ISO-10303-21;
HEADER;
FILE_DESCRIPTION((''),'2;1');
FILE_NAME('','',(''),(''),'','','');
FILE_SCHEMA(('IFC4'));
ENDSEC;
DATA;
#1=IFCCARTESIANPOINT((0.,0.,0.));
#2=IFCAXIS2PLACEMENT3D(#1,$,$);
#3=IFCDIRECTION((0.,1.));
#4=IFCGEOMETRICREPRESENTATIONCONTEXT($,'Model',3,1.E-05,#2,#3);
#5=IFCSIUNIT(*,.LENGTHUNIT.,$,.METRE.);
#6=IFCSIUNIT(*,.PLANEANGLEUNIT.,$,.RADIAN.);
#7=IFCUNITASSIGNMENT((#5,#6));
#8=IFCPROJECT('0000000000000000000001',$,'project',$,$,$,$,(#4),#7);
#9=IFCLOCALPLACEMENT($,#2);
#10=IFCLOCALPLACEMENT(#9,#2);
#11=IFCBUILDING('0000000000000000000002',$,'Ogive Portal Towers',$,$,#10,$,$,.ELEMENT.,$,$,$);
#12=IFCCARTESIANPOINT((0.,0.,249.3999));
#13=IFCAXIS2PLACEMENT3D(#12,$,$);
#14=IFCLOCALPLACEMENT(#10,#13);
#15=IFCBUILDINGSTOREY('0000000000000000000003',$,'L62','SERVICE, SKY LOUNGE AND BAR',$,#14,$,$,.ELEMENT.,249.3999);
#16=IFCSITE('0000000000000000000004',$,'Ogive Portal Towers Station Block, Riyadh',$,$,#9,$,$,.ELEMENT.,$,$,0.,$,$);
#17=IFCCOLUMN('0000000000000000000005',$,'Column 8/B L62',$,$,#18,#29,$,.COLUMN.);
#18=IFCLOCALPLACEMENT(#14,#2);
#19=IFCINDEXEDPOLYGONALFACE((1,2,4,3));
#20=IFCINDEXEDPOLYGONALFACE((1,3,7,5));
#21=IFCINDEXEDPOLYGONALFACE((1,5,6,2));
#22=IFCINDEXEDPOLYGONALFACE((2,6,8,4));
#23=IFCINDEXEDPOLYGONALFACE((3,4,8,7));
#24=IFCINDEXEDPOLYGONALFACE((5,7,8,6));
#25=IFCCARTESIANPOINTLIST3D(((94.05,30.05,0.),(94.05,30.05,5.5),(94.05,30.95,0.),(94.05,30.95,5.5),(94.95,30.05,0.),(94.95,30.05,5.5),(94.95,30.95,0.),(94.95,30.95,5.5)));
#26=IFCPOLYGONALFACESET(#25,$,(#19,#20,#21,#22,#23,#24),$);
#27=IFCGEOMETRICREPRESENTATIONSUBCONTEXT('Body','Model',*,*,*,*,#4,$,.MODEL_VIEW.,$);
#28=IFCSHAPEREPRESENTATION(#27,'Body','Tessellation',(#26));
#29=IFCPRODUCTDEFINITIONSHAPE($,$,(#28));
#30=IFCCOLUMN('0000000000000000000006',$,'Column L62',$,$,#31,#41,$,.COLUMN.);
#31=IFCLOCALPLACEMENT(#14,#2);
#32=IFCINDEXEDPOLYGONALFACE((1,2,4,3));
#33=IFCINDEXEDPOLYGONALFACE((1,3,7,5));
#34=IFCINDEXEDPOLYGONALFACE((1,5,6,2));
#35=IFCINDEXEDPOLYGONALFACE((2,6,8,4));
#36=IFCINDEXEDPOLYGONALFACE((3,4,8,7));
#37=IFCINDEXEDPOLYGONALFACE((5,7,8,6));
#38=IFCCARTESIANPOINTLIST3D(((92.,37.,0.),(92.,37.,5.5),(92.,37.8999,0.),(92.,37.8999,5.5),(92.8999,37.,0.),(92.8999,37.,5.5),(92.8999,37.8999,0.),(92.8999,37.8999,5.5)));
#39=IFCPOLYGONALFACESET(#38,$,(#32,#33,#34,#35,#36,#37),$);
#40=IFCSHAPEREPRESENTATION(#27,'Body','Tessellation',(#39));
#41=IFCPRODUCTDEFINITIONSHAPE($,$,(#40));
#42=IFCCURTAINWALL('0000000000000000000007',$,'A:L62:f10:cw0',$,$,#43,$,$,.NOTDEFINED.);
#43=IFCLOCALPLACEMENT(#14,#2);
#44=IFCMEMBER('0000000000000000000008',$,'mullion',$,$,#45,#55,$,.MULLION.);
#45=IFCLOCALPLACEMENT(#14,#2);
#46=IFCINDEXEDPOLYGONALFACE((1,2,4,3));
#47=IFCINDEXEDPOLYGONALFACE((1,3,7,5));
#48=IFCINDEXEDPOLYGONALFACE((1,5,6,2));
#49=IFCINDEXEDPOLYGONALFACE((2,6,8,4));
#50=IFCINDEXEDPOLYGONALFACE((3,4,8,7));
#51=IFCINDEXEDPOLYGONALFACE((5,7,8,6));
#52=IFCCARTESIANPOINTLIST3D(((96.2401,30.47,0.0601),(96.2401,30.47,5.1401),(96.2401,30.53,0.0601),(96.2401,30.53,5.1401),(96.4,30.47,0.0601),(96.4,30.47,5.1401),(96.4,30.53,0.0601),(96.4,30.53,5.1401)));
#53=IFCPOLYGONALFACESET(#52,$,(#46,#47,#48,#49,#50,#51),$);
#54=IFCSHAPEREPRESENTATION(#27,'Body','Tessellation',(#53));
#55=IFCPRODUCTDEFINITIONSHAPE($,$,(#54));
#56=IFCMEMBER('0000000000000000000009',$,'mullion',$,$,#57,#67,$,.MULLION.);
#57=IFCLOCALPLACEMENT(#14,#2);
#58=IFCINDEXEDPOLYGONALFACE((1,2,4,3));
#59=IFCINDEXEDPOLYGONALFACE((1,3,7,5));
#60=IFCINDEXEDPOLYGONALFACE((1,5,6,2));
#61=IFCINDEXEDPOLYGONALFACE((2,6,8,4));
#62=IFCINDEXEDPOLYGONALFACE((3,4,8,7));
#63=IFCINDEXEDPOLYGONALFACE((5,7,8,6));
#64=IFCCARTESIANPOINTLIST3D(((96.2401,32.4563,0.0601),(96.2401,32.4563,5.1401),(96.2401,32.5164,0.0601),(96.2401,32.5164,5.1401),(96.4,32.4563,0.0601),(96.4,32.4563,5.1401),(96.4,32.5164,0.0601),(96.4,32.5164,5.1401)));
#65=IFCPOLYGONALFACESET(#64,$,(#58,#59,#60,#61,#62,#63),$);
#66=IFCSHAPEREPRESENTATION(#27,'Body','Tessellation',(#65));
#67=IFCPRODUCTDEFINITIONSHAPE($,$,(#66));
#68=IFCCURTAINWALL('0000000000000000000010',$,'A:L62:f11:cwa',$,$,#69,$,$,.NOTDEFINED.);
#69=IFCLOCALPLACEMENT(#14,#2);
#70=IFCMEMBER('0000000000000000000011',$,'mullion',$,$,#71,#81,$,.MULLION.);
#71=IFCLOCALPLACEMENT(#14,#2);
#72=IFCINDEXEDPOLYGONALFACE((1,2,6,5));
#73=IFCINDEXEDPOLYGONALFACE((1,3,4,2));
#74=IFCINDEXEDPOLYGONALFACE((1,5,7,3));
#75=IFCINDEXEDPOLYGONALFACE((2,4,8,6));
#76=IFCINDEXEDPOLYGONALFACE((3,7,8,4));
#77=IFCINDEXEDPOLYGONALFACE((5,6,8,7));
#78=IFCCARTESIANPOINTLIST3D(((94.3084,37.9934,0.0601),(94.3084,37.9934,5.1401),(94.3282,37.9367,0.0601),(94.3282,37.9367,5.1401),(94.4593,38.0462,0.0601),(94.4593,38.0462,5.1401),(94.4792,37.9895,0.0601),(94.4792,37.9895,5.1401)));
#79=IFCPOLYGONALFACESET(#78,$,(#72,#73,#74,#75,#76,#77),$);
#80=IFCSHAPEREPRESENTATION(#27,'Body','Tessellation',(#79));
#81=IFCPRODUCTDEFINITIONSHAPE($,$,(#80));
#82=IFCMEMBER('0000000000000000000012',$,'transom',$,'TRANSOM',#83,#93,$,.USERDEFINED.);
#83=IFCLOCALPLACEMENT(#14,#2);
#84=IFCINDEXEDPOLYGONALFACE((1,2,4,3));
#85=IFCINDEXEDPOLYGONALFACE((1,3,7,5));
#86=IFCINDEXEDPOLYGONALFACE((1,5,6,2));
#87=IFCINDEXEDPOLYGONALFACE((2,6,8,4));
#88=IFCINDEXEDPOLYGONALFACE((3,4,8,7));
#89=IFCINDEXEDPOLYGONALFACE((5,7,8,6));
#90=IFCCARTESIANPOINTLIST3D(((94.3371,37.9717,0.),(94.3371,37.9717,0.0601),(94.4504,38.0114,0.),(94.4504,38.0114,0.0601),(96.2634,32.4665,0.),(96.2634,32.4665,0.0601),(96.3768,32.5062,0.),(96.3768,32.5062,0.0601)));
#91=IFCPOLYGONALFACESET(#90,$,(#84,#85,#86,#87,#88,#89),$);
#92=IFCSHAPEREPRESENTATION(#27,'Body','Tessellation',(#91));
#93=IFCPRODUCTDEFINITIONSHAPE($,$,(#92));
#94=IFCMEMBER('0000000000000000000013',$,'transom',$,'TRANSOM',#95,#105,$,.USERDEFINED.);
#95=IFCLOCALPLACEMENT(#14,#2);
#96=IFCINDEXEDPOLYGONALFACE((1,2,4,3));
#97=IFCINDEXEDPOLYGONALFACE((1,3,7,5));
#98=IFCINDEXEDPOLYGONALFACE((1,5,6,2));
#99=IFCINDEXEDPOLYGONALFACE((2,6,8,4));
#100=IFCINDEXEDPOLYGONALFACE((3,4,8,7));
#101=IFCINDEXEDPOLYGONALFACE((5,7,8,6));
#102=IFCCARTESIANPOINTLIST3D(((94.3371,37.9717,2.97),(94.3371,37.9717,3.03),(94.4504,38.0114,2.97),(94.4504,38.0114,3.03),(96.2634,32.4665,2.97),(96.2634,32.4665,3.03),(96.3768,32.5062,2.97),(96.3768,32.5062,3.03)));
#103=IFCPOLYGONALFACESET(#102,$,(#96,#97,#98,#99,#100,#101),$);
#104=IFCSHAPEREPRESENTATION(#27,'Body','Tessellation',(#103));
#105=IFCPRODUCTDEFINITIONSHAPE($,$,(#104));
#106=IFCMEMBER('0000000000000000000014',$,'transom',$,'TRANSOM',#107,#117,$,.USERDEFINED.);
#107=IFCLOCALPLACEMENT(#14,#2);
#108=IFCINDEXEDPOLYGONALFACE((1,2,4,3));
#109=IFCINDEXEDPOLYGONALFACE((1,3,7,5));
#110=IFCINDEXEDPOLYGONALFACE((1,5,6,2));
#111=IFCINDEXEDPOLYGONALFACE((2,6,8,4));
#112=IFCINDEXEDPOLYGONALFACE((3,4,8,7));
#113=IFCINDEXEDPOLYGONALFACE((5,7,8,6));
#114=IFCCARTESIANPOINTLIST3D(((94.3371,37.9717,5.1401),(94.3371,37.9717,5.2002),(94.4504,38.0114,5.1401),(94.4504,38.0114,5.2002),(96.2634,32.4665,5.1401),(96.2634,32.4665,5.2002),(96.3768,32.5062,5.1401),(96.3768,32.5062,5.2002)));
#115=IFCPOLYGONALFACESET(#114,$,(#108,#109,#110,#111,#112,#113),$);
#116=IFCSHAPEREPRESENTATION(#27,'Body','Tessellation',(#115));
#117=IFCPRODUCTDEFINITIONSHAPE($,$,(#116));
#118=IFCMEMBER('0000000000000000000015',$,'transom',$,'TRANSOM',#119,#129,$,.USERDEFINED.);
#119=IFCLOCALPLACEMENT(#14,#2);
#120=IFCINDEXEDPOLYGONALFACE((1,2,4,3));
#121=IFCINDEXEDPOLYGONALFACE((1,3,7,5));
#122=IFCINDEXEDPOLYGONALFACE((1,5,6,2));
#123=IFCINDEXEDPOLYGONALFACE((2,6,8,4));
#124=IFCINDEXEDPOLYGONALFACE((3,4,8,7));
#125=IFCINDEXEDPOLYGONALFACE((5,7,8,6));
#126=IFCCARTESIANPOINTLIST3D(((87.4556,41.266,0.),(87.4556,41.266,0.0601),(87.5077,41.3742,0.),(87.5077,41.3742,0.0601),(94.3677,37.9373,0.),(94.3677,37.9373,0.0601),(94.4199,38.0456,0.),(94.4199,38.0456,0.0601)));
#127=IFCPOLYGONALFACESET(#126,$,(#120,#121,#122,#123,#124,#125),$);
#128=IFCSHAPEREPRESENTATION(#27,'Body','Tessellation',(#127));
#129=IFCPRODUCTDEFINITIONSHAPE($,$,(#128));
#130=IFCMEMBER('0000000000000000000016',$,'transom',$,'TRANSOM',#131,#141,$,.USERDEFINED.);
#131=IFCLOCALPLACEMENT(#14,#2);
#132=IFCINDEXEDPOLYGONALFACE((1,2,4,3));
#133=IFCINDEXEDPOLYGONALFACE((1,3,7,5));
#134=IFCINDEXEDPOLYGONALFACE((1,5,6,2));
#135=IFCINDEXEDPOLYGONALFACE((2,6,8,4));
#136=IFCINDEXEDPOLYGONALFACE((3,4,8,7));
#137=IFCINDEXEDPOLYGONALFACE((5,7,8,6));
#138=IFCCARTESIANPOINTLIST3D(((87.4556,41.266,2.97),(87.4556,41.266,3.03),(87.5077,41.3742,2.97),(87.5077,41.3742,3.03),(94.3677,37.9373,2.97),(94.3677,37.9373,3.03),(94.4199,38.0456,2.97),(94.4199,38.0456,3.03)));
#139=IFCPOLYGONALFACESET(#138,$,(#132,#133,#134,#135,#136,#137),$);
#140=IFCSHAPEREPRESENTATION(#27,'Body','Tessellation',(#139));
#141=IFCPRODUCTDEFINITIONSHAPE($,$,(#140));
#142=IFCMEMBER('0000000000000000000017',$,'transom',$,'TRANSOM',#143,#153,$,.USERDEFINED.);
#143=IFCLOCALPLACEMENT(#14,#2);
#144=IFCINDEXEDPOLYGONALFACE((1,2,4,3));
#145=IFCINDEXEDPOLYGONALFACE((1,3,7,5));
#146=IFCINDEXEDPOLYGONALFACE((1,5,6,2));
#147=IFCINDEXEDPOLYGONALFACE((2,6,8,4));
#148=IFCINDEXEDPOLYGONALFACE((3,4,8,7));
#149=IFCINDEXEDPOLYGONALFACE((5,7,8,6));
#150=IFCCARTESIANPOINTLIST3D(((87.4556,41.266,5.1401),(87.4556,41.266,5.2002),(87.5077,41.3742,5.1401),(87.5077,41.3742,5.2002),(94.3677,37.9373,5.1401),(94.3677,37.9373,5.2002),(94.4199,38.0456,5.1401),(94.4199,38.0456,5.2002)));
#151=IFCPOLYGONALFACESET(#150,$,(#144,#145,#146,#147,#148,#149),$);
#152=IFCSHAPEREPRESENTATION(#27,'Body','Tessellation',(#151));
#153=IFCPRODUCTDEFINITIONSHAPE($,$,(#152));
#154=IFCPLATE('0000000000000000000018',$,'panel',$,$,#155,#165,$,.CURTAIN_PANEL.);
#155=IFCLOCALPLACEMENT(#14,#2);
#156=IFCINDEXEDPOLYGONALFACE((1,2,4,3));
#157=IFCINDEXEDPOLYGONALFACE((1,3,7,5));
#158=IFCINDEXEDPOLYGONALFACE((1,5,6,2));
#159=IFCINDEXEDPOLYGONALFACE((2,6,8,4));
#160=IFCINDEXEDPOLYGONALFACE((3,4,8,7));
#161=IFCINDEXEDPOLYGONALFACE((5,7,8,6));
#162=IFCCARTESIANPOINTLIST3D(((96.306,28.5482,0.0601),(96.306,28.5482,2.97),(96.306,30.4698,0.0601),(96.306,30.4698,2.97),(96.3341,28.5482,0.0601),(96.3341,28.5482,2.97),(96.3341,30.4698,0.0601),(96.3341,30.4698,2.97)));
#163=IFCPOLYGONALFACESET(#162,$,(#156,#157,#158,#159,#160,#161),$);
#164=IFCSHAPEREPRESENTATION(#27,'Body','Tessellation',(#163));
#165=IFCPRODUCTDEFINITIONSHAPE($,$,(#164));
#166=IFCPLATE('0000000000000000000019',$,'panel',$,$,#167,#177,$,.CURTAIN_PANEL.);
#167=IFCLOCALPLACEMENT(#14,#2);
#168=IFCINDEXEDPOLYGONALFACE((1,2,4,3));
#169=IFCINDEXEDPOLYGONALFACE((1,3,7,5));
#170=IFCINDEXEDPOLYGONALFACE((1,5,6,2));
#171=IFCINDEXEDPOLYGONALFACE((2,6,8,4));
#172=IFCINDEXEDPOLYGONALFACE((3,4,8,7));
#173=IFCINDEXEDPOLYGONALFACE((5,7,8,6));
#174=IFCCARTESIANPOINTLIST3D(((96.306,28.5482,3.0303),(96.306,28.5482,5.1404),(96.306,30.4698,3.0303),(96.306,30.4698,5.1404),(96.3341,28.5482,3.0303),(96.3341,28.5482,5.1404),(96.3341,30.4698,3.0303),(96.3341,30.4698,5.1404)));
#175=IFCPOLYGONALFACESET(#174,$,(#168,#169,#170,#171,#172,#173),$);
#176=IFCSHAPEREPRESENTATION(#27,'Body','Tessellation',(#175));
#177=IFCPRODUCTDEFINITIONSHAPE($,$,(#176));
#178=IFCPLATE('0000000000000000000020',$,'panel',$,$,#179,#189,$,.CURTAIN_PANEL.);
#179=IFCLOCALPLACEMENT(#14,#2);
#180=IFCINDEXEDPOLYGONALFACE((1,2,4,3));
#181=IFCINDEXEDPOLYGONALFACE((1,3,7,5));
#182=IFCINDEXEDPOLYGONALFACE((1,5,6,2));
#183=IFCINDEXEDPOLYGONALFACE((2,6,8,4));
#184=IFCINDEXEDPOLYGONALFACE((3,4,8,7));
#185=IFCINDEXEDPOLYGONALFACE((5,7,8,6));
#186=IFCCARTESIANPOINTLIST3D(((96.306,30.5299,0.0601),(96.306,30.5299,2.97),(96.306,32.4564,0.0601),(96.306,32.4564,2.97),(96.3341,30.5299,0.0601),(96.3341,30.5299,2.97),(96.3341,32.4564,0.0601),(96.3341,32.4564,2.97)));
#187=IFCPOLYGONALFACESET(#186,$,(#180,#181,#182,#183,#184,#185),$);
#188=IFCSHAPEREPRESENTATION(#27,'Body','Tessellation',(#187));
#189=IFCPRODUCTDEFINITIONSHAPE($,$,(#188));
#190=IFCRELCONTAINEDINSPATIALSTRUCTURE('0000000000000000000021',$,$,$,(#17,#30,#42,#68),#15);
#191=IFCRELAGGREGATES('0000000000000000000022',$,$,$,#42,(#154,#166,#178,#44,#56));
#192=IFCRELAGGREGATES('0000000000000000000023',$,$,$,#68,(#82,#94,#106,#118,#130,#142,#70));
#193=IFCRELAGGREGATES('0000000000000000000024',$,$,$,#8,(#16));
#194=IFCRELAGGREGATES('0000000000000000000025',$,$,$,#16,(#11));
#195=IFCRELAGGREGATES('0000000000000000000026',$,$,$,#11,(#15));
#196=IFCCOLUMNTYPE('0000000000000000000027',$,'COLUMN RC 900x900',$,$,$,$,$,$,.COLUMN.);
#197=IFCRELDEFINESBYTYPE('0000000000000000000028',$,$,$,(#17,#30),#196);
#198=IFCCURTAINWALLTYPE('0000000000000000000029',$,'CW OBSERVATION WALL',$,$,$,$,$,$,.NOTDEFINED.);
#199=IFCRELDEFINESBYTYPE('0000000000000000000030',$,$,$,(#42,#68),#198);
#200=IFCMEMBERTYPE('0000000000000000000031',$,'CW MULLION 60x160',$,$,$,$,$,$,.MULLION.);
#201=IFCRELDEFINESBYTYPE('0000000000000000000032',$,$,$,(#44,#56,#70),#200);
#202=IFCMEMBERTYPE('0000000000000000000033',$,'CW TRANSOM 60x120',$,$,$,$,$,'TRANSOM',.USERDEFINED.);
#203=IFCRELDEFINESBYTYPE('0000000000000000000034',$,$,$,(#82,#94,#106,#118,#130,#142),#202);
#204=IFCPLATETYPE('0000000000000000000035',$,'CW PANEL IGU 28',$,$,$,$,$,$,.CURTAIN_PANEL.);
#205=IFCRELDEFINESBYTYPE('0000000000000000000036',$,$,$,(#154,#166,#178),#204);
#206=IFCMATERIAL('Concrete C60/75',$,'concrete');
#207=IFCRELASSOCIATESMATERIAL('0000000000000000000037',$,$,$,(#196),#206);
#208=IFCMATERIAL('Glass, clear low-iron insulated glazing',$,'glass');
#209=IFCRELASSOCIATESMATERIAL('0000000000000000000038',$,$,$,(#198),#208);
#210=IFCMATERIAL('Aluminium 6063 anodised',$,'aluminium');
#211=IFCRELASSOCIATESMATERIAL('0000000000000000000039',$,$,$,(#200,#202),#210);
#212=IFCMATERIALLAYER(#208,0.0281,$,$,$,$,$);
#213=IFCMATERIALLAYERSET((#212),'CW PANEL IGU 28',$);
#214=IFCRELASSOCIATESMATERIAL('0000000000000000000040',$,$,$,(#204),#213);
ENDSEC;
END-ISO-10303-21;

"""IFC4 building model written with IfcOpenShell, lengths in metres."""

from ifc_helpers import new_model, si_unit, direction, frame, origin, origin_2d, place, context, subcontext, project, spatial, rectangle, extrude, material, layer, layer_set, material_profile, profile_set, type_object, element, aggregate, save


model = new_model("IFC4")

# Units and contexts
model_context = context("Model", 3, precision=1e-05, world=origin(), true_north=direction((0.0, 1.0)))
body_context = subcontext(model_context, "Body", "Model", "MODEL_VIEW")
ifc_project = project(units=[si_unit("LENGTHUNIT", "METRE"), si_unit("PLANEANGLEUNIT", "RADIAN")], contexts=[model_context])

# Site, building, storey
site_placement = place(None, origin())
site = spatial("IfcSite", under=ifc_project, at=site_placement, Name="Ogive Portal Towers Station Block, Riyadh", CompositionType="ELEMENT", RefElevation=0.0)
building_placement = place(site_placement, origin())
building = spatial("IfcBuilding", under=site, at=building_placement, Name="Ogive Portal Towers", CompositionType="ELEMENT")
storey_placement = place(building_placement, frame((0.0, 0.0, 249.3999)))
storey = spatial("IfcBuildingStorey", under=building, at=storey_placement, Name="L62", Description="SERVICE, SKY LOUNGE AND BAR", CompositionType="ELEMENT", Elevation=249.3999)

# Columns
ifc_material_1 = material(Name="Concrete C60/75", Category="concrete")
ifc_material_profile_1 = material_profile(ifc_material_1, rectangle(XDim=0.8999, YDim=0.8999, at=origin_2d()), Name="RC 900x900")
ifc_profile_set_1 = profile_set([ifc_material_profile_1], Name="Concrete C60/75")
column_type = type_object("IfcColumnType", Name="COLUMN RC 900x900", PredefinedType="COLUMN", material=ifc_profile_set_1)
for number, where, z_axis, x_axis, name in (
    (1, (94.5, 30.5, 0.0), (0.0, 0.0, 1.0), (1.0, 0.0, 0.0), "Column 8/B L62"),
    (2, (92.45, 37.45, 0.0), (0.0, 0.0, 1.0), (1.0, 0.0, 0.0), "Column L62"),
):
    element("IfcColumn", number, at=place(storey_placement, frame(where, z_axis=z_axis, x_axis=x_axis)), inside=storey, type_object=column_type, Name=name, PredefinedType="COLUMN", context=body_context, shape_type="SweptSolid", body=[
        extrude(rectangle(XDim=0.8999, YDim=0.8999, at=origin_2d()), origin(), (0.0, 0.0, 1.0), 5.5),
    ])

# Curtain walls, members
ifc_material_2 = material(Name="Glass, clear low-iron insulated glazing", Category="glass")
curtain_wall_type = type_object("IfcCurtainWallType", Name="CW OBSERVATION WALL", PredefinedType="NOTDEFINED", material=ifc_material_2)
curtain_wall_1_placement = place(storey_placement, origin())
curtain_wall_1 = element("IfcCurtainWall", 3, at=curtain_wall_1_placement, inside=storey, type_object=curtain_wall_type, Name="A:L62:f10:cw0", PredefinedType="NOTDEFINED")
ifc_material_3 = material(Name="Aluminium 6063 anodised", Category="aluminium")
ifc_material_profile_2 = material_profile(ifc_material_3, rectangle(XDim=0.1599, YDim=0.0601, at=origin_2d()), Name="AL 60x160")
ifc_profile_set_2 = profile_set([ifc_material_profile_2], Name="Aluminium 6063 anodised")
member_type_1 = type_object("IfcMemberType", Name="CW MULLION 60x160", PredefinedType="MULLION", material=ifc_profile_set_2)
member_1_placement = place(storey_placement, frame((96.3201, 30.5, 0.0601), z_axis=(0.0, 0.0, 1.0), x_axis=(-1.0, 0.0, 0.0)))
member_1 = element("IfcMember", 4, at=member_1_placement, type_object=member_type_1, Name="mullion", PredefinedType="MULLION", context=body_context, shape_type="SweptSolid", body=[
    extrude(rectangle(XDim=0.1599, YDim=0.0601, at=origin_2d()), origin(), (0.0, 0.0, 1.0), 5.0801),
])
member_2_placement = place(storey_placement, frame((96.3201, 32.4863, 0.0601), z_axis=(0.0, 0.0, 1.0), x_axis=(-1.0, 0.0, 0.0)))
member_2 = element("IfcMember", 5, at=member_2_placement, type_object=member_type_1, Name="mullion", PredefinedType="MULLION", context=body_context, shape_type="SweptSolid", body=[
    extrude(rectangle(XDim=0.1599, YDim=0.0601, at=origin_2d()), origin(), (0.0, 0.0, 1.0), 5.0801),
])
curtain_wall_2_placement = place(storey_placement, origin())
curtain_wall_2 = element("IfcCurtainWall", 6, at=curtain_wall_2_placement, inside=storey, type_object=curtain_wall_type, Name="A:L62:f11:cwa", PredefinedType="NOTDEFINED")
member_3_placement = place(storey_placement, frame((94.3938, 37.9915, 0.0601), z_axis=(0.0, 0.0, 1.0), x_axis=(-0.943883, -0.330279, 0.0)))
member_3 = element("IfcMember", 7, at=member_3_placement, type_object=member_type_1, Name="mullion", PredefinedType="MULLION", context=body_context, shape_type="SweptSolid", body=[
    extrude(rectangle(XDim=0.1599, YDim=0.0601, at=origin_2d()), origin(), (0.0, 0.0, 1.0), 5.0801),
])
ifc_material_profile_3 = material_profile(ifc_material_3, rectangle(XDim=0.1201, YDim=0.0601, at=origin_2d()), Name="AL 120x60")
ifc_profile_set_3 = profile_set([ifc_material_profile_3], Name="Aluminium 6063 anodised")
member_type_2 = type_object("IfcMemberType", Name="CW TRANSOM 60x120", ElementType="TRANSOM", PredefinedType="USERDEFINED", material=ifc_profile_set_3)
member_4_placement = place(storey_placement, frame((96.3201, 32.4863, 0.03), z_axis=(-0.33027, 0.943886, 0.0), x_axis=(-0.943886, -0.33027, 0.0)))
member_4 = element("IfcMember", 8, at=member_4_placement, type_object=member_type_2, Name="transom", ObjectType="TRANSOM", PredefinedType="USERDEFINED", context=body_context, shape_type="SweptSolid", body=[
    extrude(rectangle(XDim=0.1201, YDim=0.0601, at=origin_2d()), origin(), (0.0, 0.0, 1.0), 5.8325),
])
member_5_placement = place(storey_placement, frame((96.3201, 32.4863, 3.0), z_axis=(-0.33027, 0.943886, 0.0), x_axis=(-0.943886, -0.33027, 0.0)))
member_5 = element("IfcMember", 9, at=member_5_placement, type_object=member_type_2, Name="transom", ObjectType="TRANSOM", PredefinedType="USERDEFINED", context=body_context, shape_type="SweptSolid", body=[
    extrude(rectangle(XDim=0.1201, YDim=0.0601, at=origin_2d()), origin(), (0.0, 0.0, 1.0), 5.8325),
])
member_6_placement = place(storey_placement, frame((96.3201, 32.4863, 5.1702), z_axis=(-0.33027, 0.943886, 0.0), x_axis=(-0.943886, -0.33027, 0.0)))
member_6 = element("IfcMember", 10, at=member_6_placement, type_object=member_type_2, Name="transom", ObjectType="TRANSOM", PredefinedType="USERDEFINED", context=body_context, shape_type="SweptSolid", body=[
    extrude(rectangle(XDim=0.1201, YDim=0.0601, at=origin_2d()), origin(), (0.0, 0.0, 1.0), 5.8325),
])
member_7_placement = place(storey_placement, frame((94.3938, 37.9915, 0.03), z_axis=(-0.900973, 0.433875, 0.0), x_axis=(-0.433875, -0.900973, 0.0)))
member_7 = element("IfcMember", 11, at=member_7_placement, type_object=member_type_2, Name="transom", ObjectType="TRANSOM", PredefinedType="USERDEFINED", context=body_context, shape_type="SweptSolid", body=[
    extrude(rectangle(XDim=0.1201, YDim=0.0601, at=origin_2d()), origin(), (0.0, 0.0, 1.0), 7.6719),
])
member_8_placement = place(storey_placement, frame((94.3938, 37.9915, 3.0), z_axis=(-0.900973, 0.433875, 0.0), x_axis=(-0.433875, -0.900973, 0.0)))
member_8 = element("IfcMember", 12, at=member_8_placement, type_object=member_type_2, Name="transom", ObjectType="TRANSOM", PredefinedType="USERDEFINED", context=body_context, shape_type="SweptSolid", body=[
    extrude(rectangle(XDim=0.1201, YDim=0.0601, at=origin_2d()), origin(), (0.0, 0.0, 1.0), 7.6719),
])
member_9_placement = place(storey_placement, frame((94.3938, 37.9915, 5.1702), z_axis=(-0.900973, 0.433875, 0.0), x_axis=(-0.433875, -0.900973, 0.0)))
member_9 = element("IfcMember", 13, at=member_9_placement, type_object=member_type_2, Name="transom", ObjectType="TRANSOM", PredefinedType="USERDEFINED", context=body_context, shape_type="SweptSolid", body=[
    extrude(rectangle(XDim=0.1201, YDim=0.0601, at=origin_2d()), origin(), (0.0, 0.0, 1.0), 7.6719),
])

# Plates
ifc_layer_1 = layer(ifc_material_2, 0.0281)
ifc_layer_set_1 = layer_set([ifc_layer_1], Name="CW PANEL IGU 28")
plate_type = type_object("IfcPlateType", Name="CW PANEL IGU 28", PredefinedType="CURTAIN_PANEL", material=ifc_layer_set_1)
plate_1_placement = place(storey_placement, frame((96.3201, 29.509, 0.0601), z_axis=(0.0, 0.0, 1.0), x_axis=(0.0, 1.0, 0.0)))
plate_1 = element("IfcPlate", 14, at=plate_1_placement, type_object=plate_type, Name="panel", PredefinedType="CURTAIN_PANEL", context=body_context, shape_type="SweptSolid", body=[
    extrude(rectangle(XDim=1.9216, YDim=0.0281, at=origin_2d()), origin(), (0.0, 0.0, 1.0), 2.9099),
])
plate_2_placement = place(storey_placement, frame((96.3201, 29.509, 3.0303), z_axis=(0.0, 0.0, 1.0), x_axis=(0.0, 1.0, 0.0)))
plate_2 = element("IfcPlate", 15, at=plate_2_placement, type_object=plate_type, Name="panel", PredefinedType="CURTAIN_PANEL", context=body_context, shape_type="SweptSolid", body=[
    extrude(rectangle(XDim=1.9216, YDim=0.0281, at=origin_2d()), origin(), (0.0, 0.0, 1.0), 2.1101),
])
plate_3_placement = place(storey_placement, frame((96.3201, 31.4932, 0.0601), z_axis=(0.0, 0.0, 1.0), x_axis=(0.0, 1.0, 0.0)))
plate_3 = element("IfcPlate", 16, at=plate_3_placement, type_object=plate_type, Name="panel", PredefinedType="CURTAIN_PANEL", context=body_context, shape_type="SweptSolid", body=[
    extrude(rectangle(XDim=1.9265, YDim=0.0281, at=origin_2d()), origin(), (0.0, 0.0, 1.0), 2.9099),
])
aggregate(curtain_wall_1, [plate_1, plate_2, plate_3, member_1, member_2])
aggregate(curtain_wall_2, [member_4, member_5, member_6, member_7, member_8, member_9, member_3])

save(model, "model.ifc")
